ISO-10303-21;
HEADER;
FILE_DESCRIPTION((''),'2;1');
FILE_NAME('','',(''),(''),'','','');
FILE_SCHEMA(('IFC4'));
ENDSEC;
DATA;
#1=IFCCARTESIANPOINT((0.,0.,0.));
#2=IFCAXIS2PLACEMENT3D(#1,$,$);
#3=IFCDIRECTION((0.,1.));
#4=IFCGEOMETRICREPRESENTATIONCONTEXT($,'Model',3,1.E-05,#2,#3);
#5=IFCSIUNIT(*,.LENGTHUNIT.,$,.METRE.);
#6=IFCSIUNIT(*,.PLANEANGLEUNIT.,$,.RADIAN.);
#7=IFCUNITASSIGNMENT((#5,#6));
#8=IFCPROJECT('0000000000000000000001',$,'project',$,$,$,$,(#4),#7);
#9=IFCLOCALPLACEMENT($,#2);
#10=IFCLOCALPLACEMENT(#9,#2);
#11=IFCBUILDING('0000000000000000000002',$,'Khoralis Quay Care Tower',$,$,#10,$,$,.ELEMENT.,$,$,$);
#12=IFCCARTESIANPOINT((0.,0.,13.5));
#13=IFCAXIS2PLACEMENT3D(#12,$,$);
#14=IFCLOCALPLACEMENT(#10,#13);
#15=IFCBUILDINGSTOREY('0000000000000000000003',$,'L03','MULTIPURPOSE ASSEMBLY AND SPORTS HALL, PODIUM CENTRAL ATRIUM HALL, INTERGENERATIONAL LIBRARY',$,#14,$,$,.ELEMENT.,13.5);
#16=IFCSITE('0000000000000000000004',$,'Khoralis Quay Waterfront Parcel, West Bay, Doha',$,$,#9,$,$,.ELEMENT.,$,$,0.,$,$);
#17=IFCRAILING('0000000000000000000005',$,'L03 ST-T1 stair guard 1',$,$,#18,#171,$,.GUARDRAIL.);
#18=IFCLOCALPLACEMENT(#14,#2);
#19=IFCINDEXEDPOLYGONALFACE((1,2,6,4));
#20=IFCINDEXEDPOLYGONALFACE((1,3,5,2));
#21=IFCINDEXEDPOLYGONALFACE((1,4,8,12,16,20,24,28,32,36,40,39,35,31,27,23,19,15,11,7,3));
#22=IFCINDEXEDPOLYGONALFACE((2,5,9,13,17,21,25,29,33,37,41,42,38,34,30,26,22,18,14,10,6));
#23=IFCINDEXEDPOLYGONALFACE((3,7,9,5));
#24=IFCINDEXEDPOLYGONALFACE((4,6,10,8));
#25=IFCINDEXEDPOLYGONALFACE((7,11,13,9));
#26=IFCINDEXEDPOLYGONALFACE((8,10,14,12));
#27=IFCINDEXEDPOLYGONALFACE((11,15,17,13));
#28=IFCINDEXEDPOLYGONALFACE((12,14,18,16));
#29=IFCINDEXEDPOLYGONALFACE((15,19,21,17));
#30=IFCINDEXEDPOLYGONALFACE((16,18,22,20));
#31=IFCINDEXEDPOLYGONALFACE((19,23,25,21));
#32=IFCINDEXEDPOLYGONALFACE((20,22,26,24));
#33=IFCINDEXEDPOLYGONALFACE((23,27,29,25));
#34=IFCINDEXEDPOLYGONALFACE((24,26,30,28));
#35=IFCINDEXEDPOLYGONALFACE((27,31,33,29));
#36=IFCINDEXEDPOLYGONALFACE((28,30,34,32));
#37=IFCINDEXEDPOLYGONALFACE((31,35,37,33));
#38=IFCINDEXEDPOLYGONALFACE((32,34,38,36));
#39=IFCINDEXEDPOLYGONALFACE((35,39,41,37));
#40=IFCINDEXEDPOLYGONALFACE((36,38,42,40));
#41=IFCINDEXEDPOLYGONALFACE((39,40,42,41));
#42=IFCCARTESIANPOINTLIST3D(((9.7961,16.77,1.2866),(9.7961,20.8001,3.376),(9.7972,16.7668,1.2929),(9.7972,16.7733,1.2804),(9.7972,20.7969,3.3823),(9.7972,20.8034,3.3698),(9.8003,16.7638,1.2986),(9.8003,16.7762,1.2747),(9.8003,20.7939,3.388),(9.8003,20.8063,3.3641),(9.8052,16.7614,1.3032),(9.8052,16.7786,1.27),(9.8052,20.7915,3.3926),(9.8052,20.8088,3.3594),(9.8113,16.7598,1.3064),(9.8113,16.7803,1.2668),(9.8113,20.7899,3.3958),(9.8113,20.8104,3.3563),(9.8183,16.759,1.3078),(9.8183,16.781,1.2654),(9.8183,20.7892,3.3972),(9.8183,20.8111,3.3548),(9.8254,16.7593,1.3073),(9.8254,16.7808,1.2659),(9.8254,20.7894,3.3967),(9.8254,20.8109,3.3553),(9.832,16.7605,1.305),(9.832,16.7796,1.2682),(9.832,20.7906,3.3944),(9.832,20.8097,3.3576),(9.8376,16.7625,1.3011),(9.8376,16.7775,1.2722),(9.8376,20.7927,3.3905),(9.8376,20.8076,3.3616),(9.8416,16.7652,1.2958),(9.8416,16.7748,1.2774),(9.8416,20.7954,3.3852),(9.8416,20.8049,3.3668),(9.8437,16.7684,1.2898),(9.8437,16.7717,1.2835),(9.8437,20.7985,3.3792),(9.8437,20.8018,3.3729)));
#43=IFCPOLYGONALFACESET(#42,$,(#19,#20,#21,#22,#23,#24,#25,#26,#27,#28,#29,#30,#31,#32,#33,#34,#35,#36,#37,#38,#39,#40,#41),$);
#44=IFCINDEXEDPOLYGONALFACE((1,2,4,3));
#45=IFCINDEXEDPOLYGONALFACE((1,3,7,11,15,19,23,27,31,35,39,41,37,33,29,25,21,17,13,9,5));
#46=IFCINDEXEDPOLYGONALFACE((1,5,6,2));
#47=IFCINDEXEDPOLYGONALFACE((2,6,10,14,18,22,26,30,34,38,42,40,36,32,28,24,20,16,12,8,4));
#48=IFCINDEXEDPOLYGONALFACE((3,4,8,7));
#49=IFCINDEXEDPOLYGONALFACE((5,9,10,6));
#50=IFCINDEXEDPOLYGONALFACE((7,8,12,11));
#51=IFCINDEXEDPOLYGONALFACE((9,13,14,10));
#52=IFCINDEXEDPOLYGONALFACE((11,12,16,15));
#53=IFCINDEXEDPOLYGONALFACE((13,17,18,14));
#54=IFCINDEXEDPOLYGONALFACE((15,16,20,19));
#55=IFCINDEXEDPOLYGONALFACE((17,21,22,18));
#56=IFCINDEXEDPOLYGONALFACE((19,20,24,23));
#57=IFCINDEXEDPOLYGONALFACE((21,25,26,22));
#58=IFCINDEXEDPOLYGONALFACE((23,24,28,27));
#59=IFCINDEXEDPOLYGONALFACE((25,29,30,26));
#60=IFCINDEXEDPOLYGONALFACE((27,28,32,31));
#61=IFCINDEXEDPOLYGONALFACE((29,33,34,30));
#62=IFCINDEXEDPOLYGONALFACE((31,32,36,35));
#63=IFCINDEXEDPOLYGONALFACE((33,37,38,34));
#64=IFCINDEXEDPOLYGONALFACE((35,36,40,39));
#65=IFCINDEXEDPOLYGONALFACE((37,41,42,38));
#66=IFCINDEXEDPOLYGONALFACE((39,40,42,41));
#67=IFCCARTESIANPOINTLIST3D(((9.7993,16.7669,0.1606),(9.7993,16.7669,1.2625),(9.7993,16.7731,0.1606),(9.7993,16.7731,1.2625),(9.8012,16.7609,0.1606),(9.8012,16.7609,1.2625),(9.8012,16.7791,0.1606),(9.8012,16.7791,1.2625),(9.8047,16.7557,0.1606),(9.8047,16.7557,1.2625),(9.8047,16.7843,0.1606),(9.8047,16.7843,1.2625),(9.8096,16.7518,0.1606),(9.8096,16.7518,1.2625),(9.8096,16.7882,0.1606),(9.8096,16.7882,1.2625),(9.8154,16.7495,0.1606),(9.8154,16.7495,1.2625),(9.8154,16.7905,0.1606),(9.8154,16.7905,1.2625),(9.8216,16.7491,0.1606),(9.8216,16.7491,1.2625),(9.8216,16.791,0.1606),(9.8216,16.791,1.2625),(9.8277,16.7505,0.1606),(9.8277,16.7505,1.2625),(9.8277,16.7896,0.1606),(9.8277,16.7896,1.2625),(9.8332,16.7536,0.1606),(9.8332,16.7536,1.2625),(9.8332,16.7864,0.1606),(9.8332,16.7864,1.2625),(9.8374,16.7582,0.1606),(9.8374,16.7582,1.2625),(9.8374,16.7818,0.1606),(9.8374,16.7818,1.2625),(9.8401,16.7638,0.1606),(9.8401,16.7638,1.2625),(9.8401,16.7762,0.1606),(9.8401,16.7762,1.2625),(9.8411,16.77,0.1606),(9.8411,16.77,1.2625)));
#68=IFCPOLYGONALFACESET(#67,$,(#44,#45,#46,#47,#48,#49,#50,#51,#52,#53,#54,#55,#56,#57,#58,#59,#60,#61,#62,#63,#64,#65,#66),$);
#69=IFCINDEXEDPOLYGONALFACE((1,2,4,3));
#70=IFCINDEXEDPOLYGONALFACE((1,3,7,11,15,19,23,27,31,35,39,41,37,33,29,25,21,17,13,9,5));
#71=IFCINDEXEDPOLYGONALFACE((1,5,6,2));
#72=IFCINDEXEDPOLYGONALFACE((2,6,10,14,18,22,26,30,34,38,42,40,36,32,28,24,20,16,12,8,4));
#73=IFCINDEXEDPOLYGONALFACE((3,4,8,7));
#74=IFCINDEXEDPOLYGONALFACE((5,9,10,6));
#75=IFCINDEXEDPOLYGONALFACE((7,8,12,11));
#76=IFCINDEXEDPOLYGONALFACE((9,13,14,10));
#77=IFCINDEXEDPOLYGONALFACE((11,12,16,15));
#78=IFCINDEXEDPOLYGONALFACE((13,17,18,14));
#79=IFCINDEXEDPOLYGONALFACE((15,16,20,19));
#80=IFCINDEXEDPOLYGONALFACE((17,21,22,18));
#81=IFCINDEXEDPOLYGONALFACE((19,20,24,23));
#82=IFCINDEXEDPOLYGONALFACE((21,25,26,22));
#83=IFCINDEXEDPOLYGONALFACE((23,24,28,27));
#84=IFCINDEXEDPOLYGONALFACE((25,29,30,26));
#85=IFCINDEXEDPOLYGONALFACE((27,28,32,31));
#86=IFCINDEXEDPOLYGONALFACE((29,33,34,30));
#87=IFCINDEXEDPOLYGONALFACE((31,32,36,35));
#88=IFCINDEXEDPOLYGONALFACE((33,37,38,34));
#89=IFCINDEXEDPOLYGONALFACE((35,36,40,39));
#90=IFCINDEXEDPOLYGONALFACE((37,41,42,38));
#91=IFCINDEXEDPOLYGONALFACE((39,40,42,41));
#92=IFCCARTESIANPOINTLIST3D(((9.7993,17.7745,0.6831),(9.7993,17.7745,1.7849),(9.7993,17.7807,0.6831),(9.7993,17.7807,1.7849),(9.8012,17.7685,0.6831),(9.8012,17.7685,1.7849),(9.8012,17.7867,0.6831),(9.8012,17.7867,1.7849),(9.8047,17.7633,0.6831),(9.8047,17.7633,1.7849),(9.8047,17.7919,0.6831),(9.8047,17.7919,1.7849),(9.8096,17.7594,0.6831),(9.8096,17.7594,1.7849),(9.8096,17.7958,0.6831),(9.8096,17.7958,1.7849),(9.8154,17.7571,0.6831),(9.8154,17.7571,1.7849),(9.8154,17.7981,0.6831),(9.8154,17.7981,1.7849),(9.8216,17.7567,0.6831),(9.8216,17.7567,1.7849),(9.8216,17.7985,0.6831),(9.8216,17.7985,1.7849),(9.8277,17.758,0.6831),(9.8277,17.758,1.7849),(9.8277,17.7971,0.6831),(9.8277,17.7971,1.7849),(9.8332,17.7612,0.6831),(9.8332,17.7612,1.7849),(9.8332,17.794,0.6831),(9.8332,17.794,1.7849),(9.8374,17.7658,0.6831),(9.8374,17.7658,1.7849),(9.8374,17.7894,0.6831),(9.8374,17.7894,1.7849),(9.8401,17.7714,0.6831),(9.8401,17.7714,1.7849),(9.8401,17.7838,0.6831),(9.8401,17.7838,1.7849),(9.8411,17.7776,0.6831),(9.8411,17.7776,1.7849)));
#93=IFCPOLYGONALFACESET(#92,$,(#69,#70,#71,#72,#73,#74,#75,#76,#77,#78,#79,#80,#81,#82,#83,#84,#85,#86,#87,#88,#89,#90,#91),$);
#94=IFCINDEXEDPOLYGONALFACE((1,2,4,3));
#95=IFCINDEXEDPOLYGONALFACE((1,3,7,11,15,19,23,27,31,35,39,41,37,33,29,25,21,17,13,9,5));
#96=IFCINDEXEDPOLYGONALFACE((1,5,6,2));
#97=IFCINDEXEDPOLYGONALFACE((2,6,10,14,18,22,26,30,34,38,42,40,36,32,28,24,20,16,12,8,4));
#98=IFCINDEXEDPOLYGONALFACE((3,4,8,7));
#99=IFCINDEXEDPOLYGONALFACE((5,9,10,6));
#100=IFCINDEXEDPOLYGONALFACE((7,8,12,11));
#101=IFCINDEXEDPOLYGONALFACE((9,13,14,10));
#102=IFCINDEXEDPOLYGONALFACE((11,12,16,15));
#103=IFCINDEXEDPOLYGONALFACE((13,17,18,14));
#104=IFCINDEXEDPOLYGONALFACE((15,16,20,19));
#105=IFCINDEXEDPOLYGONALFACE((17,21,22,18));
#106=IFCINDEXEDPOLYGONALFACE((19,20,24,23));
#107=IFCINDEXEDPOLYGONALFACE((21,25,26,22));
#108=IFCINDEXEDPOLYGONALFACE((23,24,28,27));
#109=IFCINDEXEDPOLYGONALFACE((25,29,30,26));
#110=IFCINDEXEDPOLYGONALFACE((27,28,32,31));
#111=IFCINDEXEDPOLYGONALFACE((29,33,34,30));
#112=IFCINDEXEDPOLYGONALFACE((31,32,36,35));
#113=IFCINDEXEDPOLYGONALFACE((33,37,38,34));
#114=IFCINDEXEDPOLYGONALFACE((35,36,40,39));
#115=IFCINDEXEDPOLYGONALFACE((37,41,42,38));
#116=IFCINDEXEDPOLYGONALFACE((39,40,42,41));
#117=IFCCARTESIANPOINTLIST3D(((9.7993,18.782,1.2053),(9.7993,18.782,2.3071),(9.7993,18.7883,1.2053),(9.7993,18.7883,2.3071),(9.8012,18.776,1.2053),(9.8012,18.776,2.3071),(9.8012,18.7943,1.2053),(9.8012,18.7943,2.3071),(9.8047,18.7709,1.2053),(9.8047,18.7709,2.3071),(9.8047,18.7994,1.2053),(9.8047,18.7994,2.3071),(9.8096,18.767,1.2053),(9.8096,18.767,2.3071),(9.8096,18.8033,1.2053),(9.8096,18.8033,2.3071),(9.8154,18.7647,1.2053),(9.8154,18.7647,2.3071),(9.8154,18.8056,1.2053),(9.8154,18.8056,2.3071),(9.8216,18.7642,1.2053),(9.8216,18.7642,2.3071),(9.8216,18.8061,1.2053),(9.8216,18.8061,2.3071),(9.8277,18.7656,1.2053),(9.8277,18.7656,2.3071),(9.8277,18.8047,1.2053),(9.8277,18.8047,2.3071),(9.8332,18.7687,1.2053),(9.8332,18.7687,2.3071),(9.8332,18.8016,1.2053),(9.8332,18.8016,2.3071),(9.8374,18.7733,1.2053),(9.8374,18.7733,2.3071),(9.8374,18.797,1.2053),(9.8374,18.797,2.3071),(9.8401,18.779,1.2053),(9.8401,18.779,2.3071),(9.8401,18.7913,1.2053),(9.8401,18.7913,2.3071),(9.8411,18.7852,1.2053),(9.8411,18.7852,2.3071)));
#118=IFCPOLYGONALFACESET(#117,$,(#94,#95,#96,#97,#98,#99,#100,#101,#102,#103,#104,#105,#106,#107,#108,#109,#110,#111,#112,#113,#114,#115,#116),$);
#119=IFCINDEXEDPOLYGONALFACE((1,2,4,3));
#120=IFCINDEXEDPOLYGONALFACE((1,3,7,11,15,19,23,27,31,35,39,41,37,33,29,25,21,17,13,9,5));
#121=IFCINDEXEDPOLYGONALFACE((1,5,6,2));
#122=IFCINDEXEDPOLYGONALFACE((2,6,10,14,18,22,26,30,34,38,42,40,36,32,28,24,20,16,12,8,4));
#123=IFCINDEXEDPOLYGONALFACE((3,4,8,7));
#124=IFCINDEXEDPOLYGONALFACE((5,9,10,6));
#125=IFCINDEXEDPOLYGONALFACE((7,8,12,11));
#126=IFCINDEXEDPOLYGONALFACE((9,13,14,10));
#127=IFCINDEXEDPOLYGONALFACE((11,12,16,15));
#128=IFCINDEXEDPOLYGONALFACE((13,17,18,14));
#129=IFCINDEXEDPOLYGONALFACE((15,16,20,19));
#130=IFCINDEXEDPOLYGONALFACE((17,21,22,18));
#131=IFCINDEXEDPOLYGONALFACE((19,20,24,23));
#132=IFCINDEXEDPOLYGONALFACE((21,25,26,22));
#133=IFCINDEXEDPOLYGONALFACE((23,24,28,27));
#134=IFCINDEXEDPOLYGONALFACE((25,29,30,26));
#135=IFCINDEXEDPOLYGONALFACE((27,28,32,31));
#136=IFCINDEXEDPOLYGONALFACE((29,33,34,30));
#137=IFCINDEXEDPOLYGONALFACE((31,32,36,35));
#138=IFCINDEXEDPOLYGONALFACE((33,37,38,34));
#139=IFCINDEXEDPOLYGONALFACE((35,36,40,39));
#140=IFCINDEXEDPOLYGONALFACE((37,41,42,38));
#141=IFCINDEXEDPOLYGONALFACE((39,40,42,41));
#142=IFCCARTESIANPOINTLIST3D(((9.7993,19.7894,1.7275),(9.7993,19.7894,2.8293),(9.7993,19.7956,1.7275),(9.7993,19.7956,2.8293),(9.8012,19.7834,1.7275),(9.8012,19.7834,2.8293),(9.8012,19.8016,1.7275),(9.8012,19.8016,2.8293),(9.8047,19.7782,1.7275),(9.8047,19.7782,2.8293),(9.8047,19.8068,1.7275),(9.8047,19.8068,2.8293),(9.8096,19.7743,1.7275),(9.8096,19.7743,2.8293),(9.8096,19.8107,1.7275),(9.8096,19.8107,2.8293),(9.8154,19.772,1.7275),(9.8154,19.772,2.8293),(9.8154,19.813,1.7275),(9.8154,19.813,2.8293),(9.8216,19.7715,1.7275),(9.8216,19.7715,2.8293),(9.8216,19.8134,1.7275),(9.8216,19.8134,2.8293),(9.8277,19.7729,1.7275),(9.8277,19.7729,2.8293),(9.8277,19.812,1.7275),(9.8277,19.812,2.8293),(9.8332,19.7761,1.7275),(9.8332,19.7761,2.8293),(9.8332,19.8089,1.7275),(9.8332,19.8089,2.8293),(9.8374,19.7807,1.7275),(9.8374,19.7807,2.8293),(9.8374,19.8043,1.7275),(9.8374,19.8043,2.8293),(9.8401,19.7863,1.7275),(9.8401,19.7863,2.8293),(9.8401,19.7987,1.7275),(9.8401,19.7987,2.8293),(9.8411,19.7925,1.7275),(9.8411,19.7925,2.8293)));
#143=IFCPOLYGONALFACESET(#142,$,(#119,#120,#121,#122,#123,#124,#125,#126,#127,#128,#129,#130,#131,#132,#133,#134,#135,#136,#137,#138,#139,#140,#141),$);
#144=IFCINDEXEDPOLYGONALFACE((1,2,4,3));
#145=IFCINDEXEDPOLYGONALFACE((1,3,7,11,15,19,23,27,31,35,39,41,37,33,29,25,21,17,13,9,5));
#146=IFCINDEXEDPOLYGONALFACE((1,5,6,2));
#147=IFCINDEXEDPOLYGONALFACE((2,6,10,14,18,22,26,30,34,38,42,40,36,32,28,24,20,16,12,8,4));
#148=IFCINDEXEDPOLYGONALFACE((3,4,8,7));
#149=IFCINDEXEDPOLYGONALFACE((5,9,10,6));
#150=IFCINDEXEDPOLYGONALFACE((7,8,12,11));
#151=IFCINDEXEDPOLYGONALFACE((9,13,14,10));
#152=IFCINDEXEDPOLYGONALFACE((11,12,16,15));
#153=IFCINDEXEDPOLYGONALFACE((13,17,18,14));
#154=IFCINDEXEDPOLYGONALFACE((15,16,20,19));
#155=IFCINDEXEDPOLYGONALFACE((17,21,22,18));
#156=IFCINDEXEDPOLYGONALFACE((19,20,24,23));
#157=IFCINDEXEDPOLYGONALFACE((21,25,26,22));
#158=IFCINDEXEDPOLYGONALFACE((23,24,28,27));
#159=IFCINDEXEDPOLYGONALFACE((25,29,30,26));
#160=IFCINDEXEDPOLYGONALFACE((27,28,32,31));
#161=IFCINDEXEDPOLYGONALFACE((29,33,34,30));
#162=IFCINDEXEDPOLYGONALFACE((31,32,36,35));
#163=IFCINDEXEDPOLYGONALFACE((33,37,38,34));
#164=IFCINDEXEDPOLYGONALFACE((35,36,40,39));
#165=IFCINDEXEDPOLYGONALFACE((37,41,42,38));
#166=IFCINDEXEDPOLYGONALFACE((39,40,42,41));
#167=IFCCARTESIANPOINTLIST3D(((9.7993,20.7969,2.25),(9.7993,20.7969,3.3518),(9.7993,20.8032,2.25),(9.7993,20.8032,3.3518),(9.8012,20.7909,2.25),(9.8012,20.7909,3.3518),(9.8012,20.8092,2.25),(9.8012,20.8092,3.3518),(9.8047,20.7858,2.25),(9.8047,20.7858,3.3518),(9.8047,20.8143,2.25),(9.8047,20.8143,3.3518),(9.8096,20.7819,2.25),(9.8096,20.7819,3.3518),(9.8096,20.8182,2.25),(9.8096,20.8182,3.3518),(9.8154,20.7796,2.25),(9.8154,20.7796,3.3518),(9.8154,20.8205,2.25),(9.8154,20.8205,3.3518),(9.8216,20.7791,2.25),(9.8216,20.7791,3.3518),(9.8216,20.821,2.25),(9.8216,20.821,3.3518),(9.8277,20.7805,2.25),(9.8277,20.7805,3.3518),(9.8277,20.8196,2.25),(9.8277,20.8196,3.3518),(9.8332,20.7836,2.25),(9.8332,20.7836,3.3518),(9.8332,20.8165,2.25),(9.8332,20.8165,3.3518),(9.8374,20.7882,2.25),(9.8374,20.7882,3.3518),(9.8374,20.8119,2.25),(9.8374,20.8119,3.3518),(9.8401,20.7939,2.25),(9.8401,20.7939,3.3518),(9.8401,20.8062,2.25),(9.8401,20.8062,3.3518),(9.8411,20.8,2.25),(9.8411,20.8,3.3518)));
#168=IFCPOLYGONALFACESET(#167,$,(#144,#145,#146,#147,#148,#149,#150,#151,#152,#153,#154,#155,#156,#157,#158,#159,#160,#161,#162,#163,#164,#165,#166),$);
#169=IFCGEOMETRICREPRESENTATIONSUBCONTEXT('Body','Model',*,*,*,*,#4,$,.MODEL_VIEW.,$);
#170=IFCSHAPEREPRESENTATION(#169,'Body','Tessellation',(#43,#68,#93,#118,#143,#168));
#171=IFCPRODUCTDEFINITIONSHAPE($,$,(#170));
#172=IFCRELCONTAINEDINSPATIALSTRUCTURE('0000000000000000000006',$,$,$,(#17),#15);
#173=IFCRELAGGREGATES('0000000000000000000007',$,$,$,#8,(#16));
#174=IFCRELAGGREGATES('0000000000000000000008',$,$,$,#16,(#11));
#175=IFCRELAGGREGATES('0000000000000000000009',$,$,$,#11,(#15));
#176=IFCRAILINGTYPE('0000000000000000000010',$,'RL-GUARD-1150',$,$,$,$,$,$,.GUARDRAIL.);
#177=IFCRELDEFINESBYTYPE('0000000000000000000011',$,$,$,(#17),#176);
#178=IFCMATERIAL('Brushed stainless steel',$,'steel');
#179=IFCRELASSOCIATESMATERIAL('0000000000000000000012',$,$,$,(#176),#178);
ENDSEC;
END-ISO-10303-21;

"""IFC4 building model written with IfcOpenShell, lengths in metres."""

from ifc_helpers import new_model, si_unit, direction, frame, origin, origin_2d, place, context, subcontext, project, spatial, circle, extrude, material, type_object, element, save


model = new_model("IFC4")

# Units and contexts
model_context = context("Model", 3, precision=1e-05, world=origin(), true_north=direction((0.0, 1.0)))
body_context = subcontext(model_context, "Body", "Model", "MODEL_VIEW")
ifc_project = project(units=[si_unit("LENGTHUNIT", "METRE"), si_unit("PLANEANGLEUNIT", "RADIAN")], contexts=[model_context])

# Site, building, storey
site_placement = place(None, origin())
site = spatial("IfcSite", under=ifc_project, at=site_placement, Name="Khoralis Quay Waterfront Parcel, West Bay, Doha", CompositionType="ELEMENT", RefElevation=0.0)
building_placement = place(site_placement, origin())
building = spatial("IfcBuilding", under=site, at=building_placement, Name="Khoralis Quay Care Tower", CompositionType="ELEMENT")
storey_placement = place(building_placement, frame((0.0, 0.0, 13.5)))
storey = spatial("IfcBuildingStorey", under=building, at=storey_placement, Name="L03", Description="MULTIPURPOSE ASSEMBLY AND SPORTS HALL, PODIUM CENTRAL ATRIUM HALL, INTERGENERATIONAL LIBRARY", CompositionType="ELEMENT", Elevation=13.5)

# Shared definitions
ifc_material_1 = material(Name="Brushed stainless steel", Category="steel")

# Railing
railing_type_1 = type_object("IfcRailingType", Name="RL-GUARD-1150", PredefinedType="GUARDRAIL", material=ifc_material_1)
railing_1_placement = place(storey_placement, frame((9.8201, 16.77, 0.1606)))
element("IfcRailing", 1, at=railing_1_placement, inside=storey, type_object=railing_type_1, Name="L03 ST-T1 stair guard 1", PredefinedType="GUARDRAIL", context=body_context, shape_type="SweptSolid", body=[
    extrude(circle(Radius=0.0239, at=origin_2d()), frame((0.0, 0.0, 1.126), z_axis=(0.0, 0.887781, 0.460267), x_axis=(-1.0, 0.0, 0.0)), (0.0, 0.0, 1.0), 4.5396),
    extrude(circle(Radius=0.021, at=origin_2d()), origin(), (0.0, 0.0, 1.0), 1.1018),
    extrude(circle(Radius=0.021, at=origin_2d()), frame((0.0, 1.0076, 0.5225)), (0.0, 0.0, 1.0), 1.1018),
    extrude(circle(Radius=0.021, at=origin_2d()), frame((0.0, 2.0151, 1.0447)), (0.0, 0.0, 1.0), 1.1018),
    extrude(circle(Radius=0.021, at=origin_2d()), frame((0.0, 3.0225, 1.5669)), (0.0, 0.0, 1.0), 1.1018),
    extrude(circle(Radius=0.021, at=origin_2d()), frame((0.0, 4.03, 2.0894)), (0.0, 0.0, 1.0), 1.1018),
])

save(model, "model.ifc")
